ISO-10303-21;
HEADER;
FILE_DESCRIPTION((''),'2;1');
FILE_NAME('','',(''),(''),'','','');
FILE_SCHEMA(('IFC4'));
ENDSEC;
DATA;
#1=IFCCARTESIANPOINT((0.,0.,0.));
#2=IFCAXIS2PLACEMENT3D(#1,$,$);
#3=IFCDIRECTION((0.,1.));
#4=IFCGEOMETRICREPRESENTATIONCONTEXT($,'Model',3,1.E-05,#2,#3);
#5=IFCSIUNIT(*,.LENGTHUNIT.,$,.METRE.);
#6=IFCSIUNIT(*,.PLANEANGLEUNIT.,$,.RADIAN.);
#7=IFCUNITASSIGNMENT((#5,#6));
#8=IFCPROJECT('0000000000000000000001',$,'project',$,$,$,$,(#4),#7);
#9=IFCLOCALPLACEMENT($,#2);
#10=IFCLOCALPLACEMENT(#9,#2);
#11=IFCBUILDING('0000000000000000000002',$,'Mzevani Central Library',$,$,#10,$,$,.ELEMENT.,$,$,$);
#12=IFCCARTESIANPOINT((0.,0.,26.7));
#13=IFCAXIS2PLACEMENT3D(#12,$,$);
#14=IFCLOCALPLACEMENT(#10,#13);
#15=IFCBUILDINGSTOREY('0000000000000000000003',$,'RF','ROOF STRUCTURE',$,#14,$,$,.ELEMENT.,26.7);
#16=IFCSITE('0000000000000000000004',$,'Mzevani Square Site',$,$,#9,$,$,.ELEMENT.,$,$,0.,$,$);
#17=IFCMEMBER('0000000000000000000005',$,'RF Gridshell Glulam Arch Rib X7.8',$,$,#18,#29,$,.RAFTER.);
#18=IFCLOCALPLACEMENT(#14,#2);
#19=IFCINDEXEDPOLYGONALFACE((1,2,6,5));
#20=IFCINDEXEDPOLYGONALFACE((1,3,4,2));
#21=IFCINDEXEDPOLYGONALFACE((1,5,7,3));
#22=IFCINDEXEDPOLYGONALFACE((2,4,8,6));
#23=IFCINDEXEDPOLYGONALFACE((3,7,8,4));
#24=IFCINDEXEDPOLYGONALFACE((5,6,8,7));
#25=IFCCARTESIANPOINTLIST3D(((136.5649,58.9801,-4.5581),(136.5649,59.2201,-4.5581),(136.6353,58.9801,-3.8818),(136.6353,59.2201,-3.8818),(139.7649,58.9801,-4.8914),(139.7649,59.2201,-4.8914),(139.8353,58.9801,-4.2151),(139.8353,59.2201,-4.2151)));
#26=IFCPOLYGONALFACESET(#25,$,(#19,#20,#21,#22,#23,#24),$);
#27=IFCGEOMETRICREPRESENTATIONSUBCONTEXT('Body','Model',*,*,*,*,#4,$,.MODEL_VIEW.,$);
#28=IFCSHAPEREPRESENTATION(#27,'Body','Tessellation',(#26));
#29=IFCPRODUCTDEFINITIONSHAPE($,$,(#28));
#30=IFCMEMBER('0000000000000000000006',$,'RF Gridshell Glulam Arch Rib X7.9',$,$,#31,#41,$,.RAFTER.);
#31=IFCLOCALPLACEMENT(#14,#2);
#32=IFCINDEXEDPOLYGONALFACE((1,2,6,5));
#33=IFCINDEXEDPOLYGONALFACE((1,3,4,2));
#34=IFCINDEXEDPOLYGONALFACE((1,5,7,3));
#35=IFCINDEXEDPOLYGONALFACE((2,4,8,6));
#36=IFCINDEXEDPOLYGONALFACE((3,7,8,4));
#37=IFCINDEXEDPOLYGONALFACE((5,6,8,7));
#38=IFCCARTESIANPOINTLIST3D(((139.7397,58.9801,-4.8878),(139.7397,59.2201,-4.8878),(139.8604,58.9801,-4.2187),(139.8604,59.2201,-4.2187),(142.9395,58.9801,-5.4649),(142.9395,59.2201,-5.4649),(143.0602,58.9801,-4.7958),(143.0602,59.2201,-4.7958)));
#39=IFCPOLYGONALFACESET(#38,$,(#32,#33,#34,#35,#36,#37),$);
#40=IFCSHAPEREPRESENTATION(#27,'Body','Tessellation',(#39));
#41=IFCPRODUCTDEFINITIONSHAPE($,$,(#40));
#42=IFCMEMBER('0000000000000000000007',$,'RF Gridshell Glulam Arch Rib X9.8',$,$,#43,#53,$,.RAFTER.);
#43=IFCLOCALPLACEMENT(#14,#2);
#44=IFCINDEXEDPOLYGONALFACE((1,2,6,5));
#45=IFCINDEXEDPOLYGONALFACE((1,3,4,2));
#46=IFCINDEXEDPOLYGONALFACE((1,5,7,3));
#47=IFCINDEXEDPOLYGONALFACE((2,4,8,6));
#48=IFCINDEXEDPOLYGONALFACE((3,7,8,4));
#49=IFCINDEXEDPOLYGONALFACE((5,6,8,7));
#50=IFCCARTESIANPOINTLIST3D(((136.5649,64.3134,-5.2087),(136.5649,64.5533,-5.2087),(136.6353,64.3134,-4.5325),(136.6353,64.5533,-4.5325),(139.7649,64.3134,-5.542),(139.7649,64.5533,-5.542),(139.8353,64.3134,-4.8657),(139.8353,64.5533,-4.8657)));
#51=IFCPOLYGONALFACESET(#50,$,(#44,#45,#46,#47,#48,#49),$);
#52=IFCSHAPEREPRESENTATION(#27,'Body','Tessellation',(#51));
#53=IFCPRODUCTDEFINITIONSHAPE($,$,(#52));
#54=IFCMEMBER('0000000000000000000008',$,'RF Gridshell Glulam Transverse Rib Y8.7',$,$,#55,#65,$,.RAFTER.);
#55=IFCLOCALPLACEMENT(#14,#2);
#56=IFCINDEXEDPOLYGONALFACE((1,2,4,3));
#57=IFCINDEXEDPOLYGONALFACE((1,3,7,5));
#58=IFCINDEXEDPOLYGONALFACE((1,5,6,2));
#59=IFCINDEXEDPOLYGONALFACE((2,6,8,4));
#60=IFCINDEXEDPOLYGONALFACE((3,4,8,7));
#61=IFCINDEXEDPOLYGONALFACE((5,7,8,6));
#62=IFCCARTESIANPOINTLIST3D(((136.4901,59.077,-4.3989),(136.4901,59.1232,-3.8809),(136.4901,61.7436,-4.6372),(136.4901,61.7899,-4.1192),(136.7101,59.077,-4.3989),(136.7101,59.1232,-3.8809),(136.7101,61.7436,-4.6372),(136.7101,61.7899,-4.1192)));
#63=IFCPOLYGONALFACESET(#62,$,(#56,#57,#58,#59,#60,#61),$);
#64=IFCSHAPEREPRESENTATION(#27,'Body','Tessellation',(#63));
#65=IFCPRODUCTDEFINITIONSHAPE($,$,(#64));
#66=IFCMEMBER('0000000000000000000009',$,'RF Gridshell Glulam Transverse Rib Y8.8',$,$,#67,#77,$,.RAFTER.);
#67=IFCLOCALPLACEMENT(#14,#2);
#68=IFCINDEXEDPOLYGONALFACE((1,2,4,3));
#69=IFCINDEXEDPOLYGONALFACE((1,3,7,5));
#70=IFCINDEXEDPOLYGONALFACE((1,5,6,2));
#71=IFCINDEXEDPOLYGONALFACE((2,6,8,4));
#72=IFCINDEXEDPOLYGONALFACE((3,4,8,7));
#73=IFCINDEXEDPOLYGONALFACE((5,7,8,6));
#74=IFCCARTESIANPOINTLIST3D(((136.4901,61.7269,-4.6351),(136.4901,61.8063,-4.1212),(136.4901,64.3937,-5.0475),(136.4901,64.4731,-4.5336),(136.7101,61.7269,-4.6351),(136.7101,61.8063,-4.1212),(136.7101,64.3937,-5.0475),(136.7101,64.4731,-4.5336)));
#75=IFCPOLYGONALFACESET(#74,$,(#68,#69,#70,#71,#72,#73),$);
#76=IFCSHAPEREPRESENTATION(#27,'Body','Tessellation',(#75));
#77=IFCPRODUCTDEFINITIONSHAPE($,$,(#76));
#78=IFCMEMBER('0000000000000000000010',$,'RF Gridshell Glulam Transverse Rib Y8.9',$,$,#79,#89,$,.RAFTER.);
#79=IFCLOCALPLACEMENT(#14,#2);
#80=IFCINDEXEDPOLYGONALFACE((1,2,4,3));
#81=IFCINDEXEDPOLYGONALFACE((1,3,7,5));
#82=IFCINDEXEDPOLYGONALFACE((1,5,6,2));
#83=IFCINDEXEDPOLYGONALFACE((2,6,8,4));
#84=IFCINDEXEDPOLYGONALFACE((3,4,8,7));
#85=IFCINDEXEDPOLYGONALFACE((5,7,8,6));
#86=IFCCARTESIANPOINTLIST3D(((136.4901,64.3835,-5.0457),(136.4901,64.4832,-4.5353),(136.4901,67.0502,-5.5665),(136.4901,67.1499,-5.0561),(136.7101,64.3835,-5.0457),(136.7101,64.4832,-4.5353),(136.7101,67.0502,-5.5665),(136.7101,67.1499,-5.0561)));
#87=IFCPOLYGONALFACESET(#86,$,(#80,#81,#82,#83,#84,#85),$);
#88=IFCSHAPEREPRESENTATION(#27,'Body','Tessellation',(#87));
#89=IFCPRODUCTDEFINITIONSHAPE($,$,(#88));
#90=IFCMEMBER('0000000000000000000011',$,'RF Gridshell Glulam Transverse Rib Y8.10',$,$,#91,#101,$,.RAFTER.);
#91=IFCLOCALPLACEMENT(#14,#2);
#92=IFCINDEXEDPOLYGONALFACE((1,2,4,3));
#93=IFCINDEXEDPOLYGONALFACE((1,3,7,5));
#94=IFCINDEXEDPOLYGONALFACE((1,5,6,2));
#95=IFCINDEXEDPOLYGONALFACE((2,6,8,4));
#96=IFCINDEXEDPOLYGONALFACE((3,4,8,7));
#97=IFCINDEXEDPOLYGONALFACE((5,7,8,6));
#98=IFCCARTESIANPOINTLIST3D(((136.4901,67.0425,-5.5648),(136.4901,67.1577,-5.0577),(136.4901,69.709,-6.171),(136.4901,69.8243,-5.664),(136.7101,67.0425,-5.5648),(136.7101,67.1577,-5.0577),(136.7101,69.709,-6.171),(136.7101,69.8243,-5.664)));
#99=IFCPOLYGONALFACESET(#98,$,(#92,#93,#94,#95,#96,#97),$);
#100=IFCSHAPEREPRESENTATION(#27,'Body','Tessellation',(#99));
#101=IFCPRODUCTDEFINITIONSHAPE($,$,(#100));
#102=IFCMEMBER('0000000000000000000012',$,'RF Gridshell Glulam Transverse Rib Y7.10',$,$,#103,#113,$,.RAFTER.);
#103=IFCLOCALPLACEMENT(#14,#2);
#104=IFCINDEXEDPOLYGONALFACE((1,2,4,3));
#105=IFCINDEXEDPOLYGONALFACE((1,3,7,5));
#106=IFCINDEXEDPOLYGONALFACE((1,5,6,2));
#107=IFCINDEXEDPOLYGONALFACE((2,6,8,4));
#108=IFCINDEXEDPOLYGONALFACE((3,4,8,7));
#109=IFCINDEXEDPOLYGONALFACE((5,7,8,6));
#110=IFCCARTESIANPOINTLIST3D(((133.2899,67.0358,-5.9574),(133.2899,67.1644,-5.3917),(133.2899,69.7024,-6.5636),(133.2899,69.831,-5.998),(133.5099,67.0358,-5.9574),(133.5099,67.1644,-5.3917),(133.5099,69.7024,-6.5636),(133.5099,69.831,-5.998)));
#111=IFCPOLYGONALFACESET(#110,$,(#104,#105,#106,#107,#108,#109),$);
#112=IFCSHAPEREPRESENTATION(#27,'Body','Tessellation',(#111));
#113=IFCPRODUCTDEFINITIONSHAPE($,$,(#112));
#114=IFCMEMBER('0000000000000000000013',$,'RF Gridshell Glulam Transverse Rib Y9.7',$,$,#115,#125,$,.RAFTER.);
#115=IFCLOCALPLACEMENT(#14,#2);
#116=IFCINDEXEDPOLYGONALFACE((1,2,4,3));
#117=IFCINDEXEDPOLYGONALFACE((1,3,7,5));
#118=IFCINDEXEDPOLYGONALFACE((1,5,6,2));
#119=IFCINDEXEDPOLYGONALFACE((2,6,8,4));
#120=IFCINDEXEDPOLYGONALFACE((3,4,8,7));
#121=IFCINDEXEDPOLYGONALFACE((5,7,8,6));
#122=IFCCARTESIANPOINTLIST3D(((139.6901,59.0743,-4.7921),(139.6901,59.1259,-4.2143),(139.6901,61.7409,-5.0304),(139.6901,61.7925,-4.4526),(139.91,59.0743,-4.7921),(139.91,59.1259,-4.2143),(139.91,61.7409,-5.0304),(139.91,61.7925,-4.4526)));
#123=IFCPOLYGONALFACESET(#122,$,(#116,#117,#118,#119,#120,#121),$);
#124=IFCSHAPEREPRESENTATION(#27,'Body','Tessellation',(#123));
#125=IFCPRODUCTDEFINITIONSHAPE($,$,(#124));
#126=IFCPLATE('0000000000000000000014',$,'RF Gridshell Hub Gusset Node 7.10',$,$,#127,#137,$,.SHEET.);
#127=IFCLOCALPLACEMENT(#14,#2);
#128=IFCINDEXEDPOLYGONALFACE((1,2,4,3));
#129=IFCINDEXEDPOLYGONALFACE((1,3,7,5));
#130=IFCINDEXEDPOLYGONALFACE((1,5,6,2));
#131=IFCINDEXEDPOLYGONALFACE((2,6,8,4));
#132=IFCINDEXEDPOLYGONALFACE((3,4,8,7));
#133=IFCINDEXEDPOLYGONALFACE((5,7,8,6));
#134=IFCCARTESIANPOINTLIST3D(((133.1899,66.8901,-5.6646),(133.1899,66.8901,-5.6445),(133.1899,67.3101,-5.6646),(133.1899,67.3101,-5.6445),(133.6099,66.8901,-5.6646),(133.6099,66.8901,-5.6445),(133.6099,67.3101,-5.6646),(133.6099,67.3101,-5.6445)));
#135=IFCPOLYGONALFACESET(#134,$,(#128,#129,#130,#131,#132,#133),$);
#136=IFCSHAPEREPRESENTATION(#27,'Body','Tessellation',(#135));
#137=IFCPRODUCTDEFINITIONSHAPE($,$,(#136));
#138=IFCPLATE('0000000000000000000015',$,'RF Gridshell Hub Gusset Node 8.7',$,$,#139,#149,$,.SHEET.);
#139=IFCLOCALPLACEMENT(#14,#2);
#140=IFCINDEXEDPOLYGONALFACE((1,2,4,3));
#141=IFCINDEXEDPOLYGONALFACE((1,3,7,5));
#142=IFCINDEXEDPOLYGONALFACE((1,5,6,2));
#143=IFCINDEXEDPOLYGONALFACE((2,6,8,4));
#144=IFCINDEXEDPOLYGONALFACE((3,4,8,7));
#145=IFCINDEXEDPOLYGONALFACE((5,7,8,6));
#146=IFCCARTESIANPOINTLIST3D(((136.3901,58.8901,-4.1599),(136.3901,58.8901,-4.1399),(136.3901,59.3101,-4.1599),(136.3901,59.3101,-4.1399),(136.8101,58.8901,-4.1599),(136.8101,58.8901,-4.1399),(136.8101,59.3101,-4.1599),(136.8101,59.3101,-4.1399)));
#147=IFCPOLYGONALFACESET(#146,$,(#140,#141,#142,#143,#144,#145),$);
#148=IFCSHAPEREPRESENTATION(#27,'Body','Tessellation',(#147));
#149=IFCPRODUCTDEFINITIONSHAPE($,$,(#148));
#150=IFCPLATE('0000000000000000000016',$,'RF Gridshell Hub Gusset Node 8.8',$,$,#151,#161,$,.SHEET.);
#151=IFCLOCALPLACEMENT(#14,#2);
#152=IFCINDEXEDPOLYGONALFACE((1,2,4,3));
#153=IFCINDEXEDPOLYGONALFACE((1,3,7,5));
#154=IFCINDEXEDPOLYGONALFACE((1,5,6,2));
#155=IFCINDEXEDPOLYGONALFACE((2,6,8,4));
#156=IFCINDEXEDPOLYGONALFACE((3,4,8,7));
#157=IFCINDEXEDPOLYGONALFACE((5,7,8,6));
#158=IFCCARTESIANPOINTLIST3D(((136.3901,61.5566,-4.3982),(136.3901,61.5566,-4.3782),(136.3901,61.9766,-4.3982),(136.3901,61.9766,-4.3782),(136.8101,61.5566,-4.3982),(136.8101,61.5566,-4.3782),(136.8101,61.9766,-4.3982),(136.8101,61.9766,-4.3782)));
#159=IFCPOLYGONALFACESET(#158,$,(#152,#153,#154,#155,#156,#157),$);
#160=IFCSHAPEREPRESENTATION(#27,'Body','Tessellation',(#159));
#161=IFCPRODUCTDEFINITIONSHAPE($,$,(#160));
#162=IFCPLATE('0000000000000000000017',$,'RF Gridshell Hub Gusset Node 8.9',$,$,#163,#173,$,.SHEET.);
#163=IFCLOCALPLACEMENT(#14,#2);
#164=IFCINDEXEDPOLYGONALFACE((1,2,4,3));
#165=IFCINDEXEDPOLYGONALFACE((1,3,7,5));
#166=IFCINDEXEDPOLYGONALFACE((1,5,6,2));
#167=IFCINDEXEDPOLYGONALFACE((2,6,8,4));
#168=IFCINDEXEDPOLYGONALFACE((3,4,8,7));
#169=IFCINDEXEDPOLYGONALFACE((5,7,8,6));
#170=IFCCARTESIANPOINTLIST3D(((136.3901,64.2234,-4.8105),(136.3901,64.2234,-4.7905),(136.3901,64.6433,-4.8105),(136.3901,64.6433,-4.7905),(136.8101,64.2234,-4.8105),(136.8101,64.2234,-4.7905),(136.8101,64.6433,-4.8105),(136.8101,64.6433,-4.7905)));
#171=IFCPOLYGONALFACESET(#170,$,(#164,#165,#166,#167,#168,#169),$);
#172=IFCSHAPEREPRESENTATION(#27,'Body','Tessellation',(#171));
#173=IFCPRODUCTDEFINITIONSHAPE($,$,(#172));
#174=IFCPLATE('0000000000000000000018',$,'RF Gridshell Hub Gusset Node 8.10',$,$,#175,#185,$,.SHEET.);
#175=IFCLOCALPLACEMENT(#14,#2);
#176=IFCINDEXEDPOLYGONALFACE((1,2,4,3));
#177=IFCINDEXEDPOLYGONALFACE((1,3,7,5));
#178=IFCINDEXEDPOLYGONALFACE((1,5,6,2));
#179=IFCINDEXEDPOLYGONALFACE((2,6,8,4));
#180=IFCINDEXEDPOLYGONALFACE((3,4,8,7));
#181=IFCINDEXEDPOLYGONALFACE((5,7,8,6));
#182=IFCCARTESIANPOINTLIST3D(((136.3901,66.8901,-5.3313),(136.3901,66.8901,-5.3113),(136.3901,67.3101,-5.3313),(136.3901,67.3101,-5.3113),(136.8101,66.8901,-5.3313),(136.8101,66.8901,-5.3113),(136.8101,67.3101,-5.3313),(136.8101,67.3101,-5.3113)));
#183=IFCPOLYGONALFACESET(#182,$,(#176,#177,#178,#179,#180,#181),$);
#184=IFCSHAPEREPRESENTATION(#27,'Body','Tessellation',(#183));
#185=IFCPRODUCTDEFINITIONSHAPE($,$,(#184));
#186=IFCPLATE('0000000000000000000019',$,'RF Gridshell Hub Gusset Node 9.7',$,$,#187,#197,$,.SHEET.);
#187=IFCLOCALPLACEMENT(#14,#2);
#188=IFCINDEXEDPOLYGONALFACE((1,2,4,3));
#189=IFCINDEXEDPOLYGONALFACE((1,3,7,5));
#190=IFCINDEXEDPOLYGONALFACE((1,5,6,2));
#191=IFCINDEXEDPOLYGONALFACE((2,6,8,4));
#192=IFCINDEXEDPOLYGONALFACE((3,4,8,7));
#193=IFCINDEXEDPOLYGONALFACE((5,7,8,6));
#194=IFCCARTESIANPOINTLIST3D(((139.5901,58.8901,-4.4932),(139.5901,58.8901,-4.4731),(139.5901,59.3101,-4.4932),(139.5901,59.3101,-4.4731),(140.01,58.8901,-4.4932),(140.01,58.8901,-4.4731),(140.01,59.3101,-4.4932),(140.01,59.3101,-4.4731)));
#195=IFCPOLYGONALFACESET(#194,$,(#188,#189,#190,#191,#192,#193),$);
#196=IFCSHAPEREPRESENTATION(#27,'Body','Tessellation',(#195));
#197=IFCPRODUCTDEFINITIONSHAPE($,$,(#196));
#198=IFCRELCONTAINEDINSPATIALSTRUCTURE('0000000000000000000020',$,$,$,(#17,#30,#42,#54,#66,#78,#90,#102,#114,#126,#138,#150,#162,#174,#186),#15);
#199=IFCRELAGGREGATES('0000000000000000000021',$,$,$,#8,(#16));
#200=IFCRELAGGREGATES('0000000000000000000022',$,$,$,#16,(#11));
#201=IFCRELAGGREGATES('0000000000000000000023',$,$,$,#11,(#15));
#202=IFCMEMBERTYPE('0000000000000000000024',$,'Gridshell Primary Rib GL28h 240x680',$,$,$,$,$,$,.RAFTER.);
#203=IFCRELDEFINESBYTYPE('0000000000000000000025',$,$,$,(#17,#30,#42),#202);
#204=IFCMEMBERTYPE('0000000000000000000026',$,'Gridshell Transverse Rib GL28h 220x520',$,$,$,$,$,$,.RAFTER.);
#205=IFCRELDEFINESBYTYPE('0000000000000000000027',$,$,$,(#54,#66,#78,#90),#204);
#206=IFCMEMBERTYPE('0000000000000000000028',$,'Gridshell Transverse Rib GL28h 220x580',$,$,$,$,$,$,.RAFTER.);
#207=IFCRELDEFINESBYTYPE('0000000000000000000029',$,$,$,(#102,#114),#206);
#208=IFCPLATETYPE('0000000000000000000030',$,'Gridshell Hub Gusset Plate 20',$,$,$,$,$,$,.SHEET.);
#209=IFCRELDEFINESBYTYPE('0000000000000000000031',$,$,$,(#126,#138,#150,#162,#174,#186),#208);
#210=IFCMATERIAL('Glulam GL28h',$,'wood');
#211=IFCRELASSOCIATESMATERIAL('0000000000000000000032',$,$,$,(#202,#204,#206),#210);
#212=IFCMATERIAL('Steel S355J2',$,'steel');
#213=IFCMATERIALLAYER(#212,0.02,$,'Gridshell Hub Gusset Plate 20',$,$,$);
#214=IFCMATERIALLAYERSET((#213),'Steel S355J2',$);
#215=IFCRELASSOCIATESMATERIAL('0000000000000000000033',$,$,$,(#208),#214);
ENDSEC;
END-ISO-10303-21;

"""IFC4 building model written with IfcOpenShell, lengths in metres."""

from ifc_helpers import new_model, si_unit, direction, frame, origin, origin_2d, place, context, subcontext, project, spatial, rectangle, extrude, material, layer, layer_set, material_profile, profile_set, type_object, element, save


model = new_model("IFC4")

# Units and contexts
model_context = context("Model", 3, precision=1e-05, world=origin(), true_north=direction((0.0, 1.0)))
body_context = subcontext(model_context, "Body", "Model", "MODEL_VIEW")
ifc_project = project(units=[si_unit("LENGTHUNIT", "METRE"), si_unit("PLANEANGLEUNIT", "RADIAN")], contexts=[model_context])

# Site, building, storey
site_placement = place(None, origin())
site = spatial("IfcSite", under=ifc_project, at=site_placement, Name="Mzevani Square Site", CompositionType="ELEMENT", RefElevation=0.0)
building_placement = place(site_placement, origin())
building = spatial("IfcBuilding", under=site, at=building_placement, Name="Mzevani Central Library", CompositionType="ELEMENT")
storey_placement = place(building_placement, frame((0.0, 0.0, 26.7)))
storey = spatial("IfcBuildingStorey", under=building, at=storey_placement, Name="RF", Description="ROOF STRUCTURE", CompositionType="ELEMENT", Elevation=26.7)

# Members
ifc_material_1 = material(Name="Steel S355J2", Category="steel")
ifc_material_2 = material(Name="Glulam GL28h", Category="wood")
ifc_material_profile_1 = material_profile(ifc_material_2, rectangle(XDim=0.24, YDim=0.6799, at=origin_2d()), Name="GL28h 240x680")
ifc_profile_set_1 = profile_set([ifc_material_profile_1], Name="Glulam GL28h")
member_type_1 = type_object("IfcMemberType", Name="Gridshell Primary Rib GL28h 240x680", PredefinedType="RAFTER", material=ifc_profile_set_1)
member_1_placement = place(storey_placement, frame((136.6001, 59.1001, -4.22), z_axis=(0.994621, 0.0, -0.103583), x_axis=(0.0, 1.0, 0.0)))
element("IfcMember", 1, at=member_1_placement, inside=storey, type_object=member_type_1, Name="RF Gridshell Glulam Arch Rib X7.8", PredefinedType="RAFTER", context=body_context, shape_type="SweptSolid", body=[
    extrude(rectangle(XDim=0.24, YDim=0.6799, at=origin_2d()), origin(), (0.0, 0.0, 1.0), 3.2173),
])
member_2_placement = place(storey_placement, frame((139.8, 59.1001, -4.5532), z_axis=(0.984121, 0.0, -0.177498), x_axis=(0.0, 1.0, 0.0)))
element("IfcMember", 2, at=member_2_placement, inside=storey, type_object=member_type_1, Name="RF Gridshell Glulam Arch Rib X7.9", PredefinedType="RAFTER", context=body_context, shape_type="SweptSolid", body=[
    extrude(rectangle(XDim=0.24, YDim=0.6799, at=origin_2d()), origin(), (0.0, 0.0, 1.0), 3.2515),
])
member_3_placement = place(storey_placement, frame((136.6001, 64.4333, -4.8706), z_axis=(0.994621, 0.0, -0.103583), x_axis=(0.0, 1.0, 0.0)))
element("IfcMember", 3, at=member_3_placement, inside=storey, type_object=member_type_1, Name="RF Gridshell Glulam Arch Rib X9.8", PredefinedType="RAFTER", context=body_context, shape_type="SweptSolid", body=[
    extrude(rectangle(XDim=0.24, YDim=0.6799, at=origin_2d()), origin(), (0.0, 0.0, 1.0), 3.2173),
])
ifc_material_profile_2 = material_profile(ifc_material_2, rectangle(XDim=0.22, YDim=0.52, at=origin_2d()), Name="GL28h 220x520")
ifc_profile_set_2 = profile_set([ifc_material_profile_2], Name="Glulam GL28h")
member_type_2 = type_object("IfcMemberType", Name="Gridshell Transverse Rib GL28h 220x520", PredefinedType="RAFTER", material=ifc_profile_set_2)
member_4_placement = place(storey_placement, frame((136.6001, 59.1001, -4.1399), z_axis=(0.0, 0.996031, -0.089006), x_axis=(-1.0, 0.0, 0.0)))
element("IfcMember", 4, at=member_4_placement, inside=storey, type_object=member_type_2, Name="RF Gridshell Glulam Transverse Rib Y8.7", PredefinedType="RAFTER", context=body_context, shape_type="SweptSolid", body=[
    extrude(rectangle(XDim=0.22, YDim=0.52, at=origin_2d()), origin(), (0.0, 0.0, 1.0), 2.6772),
])
member_5_placement = place(storey_placement, frame((136.6001, 61.7666, -4.3782), z_axis=(0.0, 0.988255, -0.152812), x_axis=(-1.0, 0.0, 0.0)))
element("IfcMember", 5, at=member_5_placement, inside=storey, type_object=member_type_2, Name="RF Gridshell Glulam Transverse Rib Y8.8", PredefinedType="RAFTER", context=body_context, shape_type="SweptSolid", body=[
    extrude(rectangle(XDim=0.22, YDim=0.52, at=origin_2d()), origin(), (0.0, 0.0, 1.0), 2.6985),
])
member_6_placement = place(storey_placement, frame((136.6001, 64.4333, -4.7905), z_axis=(0.0, 0.981462, -0.191656), x_axis=(-1.0, 0.0, 0.0)))
element("IfcMember", 6, at=member_6_placement, inside=storey, type_object=member_type_2, Name="RF Gridshell Glulam Transverse Rib Y8.9", PredefinedType="RAFTER", context=body_context, shape_type="SweptSolid", body=[
    extrude(rectangle(XDim=0.22, YDim=0.52, at=origin_2d()), origin(), (0.0, 0.0, 1.0), 2.717),
])
member_7_placement = place(storey_placement, frame((136.6001, 67.1001, -5.3113), z_axis=(0.0, 0.975119, -0.221683), x_axis=(-1.0, 0.0, 0.0)))
element("IfcMember", 7, at=member_7_placement, inside=storey, type_object=member_type_2, Name="RF Gridshell Glulam Transverse Rib Y8.10", PredefinedType="RAFTER", context=body_context, shape_type="SweptSolid", body=[
    extrude(rectangle(XDim=0.22, YDim=0.52, at=origin_2d()), origin(), (0.0, 0.0, 1.0), 2.7346),
])
ifc_material_profile_3 = material_profile(ifc_material_2, rectangle(XDim=0.22, YDim=0.5801, at=origin_2d()), Name="GL28h 220x580")
ifc_profile_set_3 = profile_set([ifc_material_profile_3], Name="Glulam GL28h")
member_type_3 = type_object("IfcMemberType", Name="Gridshell Transverse Rib GL28h 220x580", PredefinedType="RAFTER", material=ifc_profile_set_3)
member_8_placement = place(storey_placement, frame((133.3999, 67.1001, -5.6746), z_axis=(0.0, 0.975119, -0.221683), x_axis=(-1.0, 0.0, 0.0)))
element("IfcMember", 8, at=member_8_placement, inside=storey, type_object=member_type_3, Name="RF Gridshell Glulam Transverse Rib Y7.10", PredefinedType="RAFTER", context=body_context, shape_type="SweptSolid", body=[
    extrude(rectangle(XDim=0.22, YDim=0.5801, at=origin_2d()), origin(), (0.0, 0.0, 1.0), 2.7346),
])
member_9_placement = place(storey_placement, frame((139.8, 59.1001, -4.5032), z_axis=(0.0, 0.996031, -0.089006), x_axis=(-1.0, 0.0, 0.0)))
element("IfcMember", 9, at=member_9_placement, inside=storey, type_object=member_type_3, Name="RF Gridshell Glulam Transverse Rib Y9.7", PredefinedType="RAFTER", context=body_context, shape_type="SweptSolid", body=[
    extrude(rectangle(XDim=0.22, YDim=0.5801, at=origin_2d()), origin(), (0.0, 0.0, 1.0), 2.6772),
])

# Plates
ifc_layer_1 = layer(ifc_material_1, 0.02, Name="Gridshell Hub Gusset Plate 20")
ifc_layer_set_1 = layer_set([ifc_layer_1], Name="Steel S355J2")
plate_type = type_object("IfcPlateType", Name="Gridshell Hub Gusset Plate 20", PredefinedType="SHEET", material=ifc_layer_set_1)
for number, where, z_axis, x_axis, name in (
    (10, (133.3999, 67.1001, -5.6646), (0.0, 0.0, 1.0), (1.0, 0.0, 0.0), "RF Gridshell Hub Gusset Node 7.10"),
    (11, (136.6001, 59.1001, -4.1599), (0.0, 0.0, 1.0), (1.0, 0.0, 0.0), "RF Gridshell Hub Gusset Node 8.7"),
    (12, (136.6001, 61.7666, -4.3982), (0.0, 0.0, 1.0), (1.0, 0.0, 0.0), "RF Gridshell Hub Gusset Node 8.8"),
    (13, (136.6001, 64.4333, -4.8105), (0.0, 0.0, 1.0), (1.0, 0.0, 0.0), "RF Gridshell Hub Gusset Node 8.9"),
    (14, (136.6001, 67.1001, -5.3313), (0.0, 0.0, 1.0), (1.0, 0.0, 0.0), "RF Gridshell Hub Gusset Node 8.10"),
    (15, (139.8, 59.1001, -4.4932), (0.0, 0.0, 1.0), (1.0, 0.0, 0.0), "RF Gridshell Hub Gusset Node 9.7"),
):
    element("IfcPlate", number, at=place(storey_placement, frame(where, z_axis=z_axis, x_axis=x_axis)), inside=storey, type_object=plate_type, Name=name, PredefinedType="SHEET", context=body_context, shape_type="SweptSolid", body=[
        extrude(rectangle(XDim=0.4199, YDim=0.4199, at=origin_2d()), origin(), (0.0, 0.0, 1.0), 0.02),
    ])

save(model, "model.ifc")
